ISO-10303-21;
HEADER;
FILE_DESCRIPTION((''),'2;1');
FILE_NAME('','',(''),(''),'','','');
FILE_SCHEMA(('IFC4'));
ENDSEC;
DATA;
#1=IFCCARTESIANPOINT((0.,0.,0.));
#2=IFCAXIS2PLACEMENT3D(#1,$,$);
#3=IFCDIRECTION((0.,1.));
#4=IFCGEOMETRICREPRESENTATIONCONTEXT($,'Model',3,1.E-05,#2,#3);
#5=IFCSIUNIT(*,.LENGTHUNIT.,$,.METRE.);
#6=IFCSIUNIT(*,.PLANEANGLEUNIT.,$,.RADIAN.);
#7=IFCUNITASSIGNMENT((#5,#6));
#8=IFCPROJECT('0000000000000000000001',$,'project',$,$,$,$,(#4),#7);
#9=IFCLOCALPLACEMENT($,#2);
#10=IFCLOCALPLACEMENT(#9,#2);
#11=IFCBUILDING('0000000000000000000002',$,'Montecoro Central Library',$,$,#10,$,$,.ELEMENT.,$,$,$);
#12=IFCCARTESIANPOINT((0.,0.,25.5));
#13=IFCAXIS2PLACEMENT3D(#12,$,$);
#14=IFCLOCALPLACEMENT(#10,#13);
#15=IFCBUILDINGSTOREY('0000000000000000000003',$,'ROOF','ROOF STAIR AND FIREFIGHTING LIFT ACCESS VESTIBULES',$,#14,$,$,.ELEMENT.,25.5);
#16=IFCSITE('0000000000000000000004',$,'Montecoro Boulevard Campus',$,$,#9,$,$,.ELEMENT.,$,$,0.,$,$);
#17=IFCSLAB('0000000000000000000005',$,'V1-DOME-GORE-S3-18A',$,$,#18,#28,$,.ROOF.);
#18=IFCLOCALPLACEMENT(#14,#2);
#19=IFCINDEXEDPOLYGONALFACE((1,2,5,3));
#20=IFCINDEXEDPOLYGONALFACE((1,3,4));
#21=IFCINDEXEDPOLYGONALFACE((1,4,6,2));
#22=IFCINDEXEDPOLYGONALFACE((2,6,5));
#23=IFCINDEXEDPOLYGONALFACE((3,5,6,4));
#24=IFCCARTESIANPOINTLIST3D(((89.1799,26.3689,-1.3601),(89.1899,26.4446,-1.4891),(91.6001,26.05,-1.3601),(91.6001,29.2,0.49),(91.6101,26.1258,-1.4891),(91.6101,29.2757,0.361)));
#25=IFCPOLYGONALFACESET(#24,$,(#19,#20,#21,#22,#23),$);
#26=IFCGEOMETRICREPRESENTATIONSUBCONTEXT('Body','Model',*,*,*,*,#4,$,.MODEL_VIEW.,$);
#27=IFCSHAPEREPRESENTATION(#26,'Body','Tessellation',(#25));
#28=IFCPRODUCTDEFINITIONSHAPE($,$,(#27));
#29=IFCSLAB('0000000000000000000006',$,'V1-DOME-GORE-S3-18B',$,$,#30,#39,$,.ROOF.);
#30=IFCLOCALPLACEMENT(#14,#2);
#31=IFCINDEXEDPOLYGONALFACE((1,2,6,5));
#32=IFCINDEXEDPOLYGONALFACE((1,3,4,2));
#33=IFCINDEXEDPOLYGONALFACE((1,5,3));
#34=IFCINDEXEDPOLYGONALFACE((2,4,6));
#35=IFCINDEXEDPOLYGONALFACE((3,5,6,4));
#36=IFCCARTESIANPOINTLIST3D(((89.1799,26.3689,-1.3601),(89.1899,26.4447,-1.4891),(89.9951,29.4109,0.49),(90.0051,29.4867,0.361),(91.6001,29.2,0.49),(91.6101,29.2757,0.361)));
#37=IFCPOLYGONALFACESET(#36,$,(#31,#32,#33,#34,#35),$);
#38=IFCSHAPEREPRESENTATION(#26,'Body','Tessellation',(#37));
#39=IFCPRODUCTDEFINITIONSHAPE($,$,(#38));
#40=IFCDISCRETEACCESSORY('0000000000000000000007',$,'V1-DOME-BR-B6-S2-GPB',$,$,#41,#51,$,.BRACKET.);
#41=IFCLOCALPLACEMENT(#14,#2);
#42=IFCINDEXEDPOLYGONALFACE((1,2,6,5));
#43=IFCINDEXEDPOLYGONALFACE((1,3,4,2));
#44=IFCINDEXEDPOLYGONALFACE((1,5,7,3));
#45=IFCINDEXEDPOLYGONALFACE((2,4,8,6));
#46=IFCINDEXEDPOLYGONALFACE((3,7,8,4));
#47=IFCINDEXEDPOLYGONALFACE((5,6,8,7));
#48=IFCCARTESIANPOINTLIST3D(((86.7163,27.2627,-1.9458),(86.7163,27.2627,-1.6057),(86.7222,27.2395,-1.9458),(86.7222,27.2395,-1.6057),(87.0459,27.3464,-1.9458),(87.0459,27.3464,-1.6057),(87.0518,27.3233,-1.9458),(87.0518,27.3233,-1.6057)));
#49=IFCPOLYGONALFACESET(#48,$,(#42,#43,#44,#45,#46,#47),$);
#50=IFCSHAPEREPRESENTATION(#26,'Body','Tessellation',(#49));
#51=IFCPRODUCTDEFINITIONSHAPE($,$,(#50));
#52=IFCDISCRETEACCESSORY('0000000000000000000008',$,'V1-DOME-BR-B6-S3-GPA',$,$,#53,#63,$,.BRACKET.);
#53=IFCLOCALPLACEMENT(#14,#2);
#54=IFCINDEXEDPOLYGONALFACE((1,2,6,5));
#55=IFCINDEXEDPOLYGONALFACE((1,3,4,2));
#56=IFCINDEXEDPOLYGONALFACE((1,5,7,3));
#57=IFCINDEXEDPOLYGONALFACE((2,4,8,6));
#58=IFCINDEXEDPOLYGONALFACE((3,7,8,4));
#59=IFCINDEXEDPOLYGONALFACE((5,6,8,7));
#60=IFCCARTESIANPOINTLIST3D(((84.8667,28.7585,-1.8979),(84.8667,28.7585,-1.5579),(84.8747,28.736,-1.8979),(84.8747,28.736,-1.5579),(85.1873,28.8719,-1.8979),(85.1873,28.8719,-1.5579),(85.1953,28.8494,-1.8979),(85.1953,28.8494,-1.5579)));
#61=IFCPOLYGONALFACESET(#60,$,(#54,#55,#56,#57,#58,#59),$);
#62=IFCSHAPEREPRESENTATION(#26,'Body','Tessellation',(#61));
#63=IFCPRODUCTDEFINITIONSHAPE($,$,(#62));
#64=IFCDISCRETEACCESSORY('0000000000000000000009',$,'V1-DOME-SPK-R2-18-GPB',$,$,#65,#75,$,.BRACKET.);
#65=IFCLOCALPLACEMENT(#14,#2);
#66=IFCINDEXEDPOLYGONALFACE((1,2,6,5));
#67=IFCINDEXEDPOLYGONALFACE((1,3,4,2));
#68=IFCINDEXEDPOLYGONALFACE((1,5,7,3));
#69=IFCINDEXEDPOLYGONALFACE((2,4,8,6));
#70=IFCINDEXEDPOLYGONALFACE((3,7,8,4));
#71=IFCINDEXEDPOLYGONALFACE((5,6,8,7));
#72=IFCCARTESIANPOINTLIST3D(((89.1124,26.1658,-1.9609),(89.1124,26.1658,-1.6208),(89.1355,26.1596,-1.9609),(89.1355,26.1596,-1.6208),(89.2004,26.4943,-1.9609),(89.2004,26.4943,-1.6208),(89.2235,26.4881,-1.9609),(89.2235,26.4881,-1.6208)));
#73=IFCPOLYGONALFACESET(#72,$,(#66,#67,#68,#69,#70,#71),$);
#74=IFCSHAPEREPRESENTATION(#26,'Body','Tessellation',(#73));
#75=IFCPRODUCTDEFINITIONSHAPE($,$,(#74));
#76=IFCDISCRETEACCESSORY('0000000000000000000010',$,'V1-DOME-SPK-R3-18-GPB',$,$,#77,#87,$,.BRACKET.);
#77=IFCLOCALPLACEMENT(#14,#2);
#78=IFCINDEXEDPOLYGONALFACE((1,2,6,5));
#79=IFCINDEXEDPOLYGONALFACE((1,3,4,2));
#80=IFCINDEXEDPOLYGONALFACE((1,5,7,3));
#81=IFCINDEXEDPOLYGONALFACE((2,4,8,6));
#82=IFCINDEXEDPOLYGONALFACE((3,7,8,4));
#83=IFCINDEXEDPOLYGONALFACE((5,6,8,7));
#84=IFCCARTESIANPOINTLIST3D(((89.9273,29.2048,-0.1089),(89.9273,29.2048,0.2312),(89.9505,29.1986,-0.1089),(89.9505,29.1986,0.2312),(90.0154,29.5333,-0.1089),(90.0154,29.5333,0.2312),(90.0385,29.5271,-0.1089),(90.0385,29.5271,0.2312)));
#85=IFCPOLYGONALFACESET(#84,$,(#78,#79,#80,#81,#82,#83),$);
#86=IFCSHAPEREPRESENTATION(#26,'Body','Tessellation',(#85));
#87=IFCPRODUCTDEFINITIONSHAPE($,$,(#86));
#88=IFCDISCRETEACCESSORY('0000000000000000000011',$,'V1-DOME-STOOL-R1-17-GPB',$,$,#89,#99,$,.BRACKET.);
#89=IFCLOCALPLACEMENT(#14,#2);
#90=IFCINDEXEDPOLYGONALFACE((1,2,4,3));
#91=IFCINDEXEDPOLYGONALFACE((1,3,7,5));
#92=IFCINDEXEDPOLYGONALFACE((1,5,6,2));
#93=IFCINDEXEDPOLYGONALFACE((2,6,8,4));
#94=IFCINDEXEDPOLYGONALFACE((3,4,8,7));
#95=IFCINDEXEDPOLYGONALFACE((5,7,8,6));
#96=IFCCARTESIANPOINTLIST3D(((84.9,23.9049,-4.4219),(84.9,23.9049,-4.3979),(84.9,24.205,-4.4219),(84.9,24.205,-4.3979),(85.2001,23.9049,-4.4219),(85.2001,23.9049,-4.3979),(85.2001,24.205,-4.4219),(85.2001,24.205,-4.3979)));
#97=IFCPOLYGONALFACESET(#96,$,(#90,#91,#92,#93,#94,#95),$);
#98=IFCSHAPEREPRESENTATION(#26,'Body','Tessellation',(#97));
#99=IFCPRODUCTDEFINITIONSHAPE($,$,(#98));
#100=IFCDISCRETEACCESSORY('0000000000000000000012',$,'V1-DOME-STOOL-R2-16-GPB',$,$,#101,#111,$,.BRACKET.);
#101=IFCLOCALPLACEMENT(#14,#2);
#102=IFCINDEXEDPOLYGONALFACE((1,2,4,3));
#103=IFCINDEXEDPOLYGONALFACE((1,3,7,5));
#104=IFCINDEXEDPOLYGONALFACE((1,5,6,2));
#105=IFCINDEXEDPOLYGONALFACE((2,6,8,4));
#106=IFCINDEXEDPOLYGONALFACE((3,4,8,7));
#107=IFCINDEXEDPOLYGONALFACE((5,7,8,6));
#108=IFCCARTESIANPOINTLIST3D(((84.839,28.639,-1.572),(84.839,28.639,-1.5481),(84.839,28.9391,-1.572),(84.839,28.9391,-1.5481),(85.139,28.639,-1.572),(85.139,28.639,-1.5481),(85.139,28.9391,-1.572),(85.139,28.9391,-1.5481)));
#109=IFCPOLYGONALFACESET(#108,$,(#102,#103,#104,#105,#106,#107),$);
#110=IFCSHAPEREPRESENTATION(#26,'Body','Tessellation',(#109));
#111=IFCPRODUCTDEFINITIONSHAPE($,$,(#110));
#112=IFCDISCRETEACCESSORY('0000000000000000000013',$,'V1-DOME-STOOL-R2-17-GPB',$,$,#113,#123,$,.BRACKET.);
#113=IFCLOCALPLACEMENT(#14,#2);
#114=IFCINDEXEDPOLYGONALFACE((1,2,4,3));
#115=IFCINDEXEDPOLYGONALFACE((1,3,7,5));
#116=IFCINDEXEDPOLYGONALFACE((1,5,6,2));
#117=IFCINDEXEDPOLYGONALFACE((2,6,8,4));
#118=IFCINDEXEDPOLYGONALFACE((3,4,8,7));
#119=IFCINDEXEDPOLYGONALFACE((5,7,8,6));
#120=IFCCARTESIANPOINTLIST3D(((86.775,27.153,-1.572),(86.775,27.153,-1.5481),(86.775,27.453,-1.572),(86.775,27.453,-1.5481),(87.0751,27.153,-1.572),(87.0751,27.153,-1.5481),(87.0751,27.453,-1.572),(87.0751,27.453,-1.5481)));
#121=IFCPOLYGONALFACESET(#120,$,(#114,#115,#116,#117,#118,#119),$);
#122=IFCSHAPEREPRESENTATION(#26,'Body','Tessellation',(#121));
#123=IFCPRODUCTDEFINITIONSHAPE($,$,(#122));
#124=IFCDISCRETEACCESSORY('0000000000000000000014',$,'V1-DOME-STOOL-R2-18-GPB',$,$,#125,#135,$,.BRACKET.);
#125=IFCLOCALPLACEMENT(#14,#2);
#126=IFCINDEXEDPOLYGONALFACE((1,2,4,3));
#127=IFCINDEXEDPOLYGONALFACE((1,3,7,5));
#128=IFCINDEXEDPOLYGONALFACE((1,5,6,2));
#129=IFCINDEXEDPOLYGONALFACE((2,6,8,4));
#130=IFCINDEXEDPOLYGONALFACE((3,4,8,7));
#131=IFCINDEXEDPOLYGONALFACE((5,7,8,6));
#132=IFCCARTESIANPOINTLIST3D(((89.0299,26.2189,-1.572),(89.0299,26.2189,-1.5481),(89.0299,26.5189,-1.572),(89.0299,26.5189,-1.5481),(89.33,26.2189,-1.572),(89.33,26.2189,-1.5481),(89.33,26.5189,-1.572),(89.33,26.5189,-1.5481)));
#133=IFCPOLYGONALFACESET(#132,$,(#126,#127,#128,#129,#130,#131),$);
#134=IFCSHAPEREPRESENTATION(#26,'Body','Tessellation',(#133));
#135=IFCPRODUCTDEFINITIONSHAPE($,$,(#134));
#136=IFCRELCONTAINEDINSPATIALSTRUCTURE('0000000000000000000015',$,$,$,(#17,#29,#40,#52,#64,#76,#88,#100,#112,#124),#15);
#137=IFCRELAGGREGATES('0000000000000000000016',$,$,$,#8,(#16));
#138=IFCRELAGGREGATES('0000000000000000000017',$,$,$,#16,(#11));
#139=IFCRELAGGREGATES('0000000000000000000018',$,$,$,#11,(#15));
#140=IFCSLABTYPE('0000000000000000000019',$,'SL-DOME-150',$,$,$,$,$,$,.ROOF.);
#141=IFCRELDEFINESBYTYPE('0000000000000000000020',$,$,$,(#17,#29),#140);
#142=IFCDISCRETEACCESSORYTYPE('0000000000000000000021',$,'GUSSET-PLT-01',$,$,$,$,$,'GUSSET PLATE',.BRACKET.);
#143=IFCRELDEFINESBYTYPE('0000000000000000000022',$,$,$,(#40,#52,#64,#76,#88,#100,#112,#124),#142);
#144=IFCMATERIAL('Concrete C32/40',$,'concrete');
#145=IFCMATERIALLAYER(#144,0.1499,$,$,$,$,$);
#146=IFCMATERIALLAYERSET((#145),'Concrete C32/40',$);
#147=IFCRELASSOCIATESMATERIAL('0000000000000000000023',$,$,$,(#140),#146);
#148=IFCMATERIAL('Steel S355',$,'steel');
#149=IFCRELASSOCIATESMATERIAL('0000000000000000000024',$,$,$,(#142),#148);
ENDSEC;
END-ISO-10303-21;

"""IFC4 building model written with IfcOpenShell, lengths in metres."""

from ifc_helpers import new_model, si_unit, direction, frame, origin, origin_2d, place, context, subcontext, project, spatial, polyline, rectangle, outline, extrude, material, layer, layer_set, type_object, element, save


model = new_model("IFC4")

# Units and contexts
model_context = context("Model", 3, precision=1e-05, world=origin(), true_north=direction((0.0, 1.0)))
body_context = subcontext(model_context, "Body", "Model", "MODEL_VIEW")
ifc_project = project(units=[si_unit("LENGTHUNIT", "METRE"), si_unit("PLANEANGLEUNIT", "RADIAN")], contexts=[model_context])

# Site, building, storey
site_placement = place(None, origin())
site = spatial("IfcSite", under=ifc_project, at=site_placement, Name="Montecoro Boulevard Campus", CompositionType="ELEMENT", RefElevation=0.0)
building_placement = place(site_placement, origin())
building = spatial("IfcBuilding", under=site, at=building_placement, Name="Montecoro Central Library", CompositionType="ELEMENT")
storey_placement = place(building_placement, frame((0.0, 0.0, 25.5)))
storey = spatial("IfcBuildingStorey", under=building, at=storey_placement, Name="ROOF", Description="ROOF STAIR AND FIREFIGHTING LIFT ACCESS VESTIBULES", CompositionType="ELEMENT", Elevation=25.5)

# Shared definitions
ifc_material_1 = material(Name="Steel S355", Category="steel")

# Slabs
ifc_material_2 = material(Name="Concrete C32/40", Category="concrete")
ifc_layer = layer(ifc_material_2, 0.1499)
ifc_layer_set = layer_set([ifc_layer], Name="Concrete C32/40")
slab_type = type_object("IfcSlabType", Name="SL-DOME-150", PredefinedType="ROOF", material=ifc_layer_set)
slab_1_placement = place(storey_placement, frame((89.1799, 26.3689, -1.3601), z_axis=(-0.066575, -0.50533, 0.860354), x_axis=(0.991433, -0.130618, 0.0)))
element("IfcSlab", 1, at=slab_1_placement, inside=storey, type_object=slab_type, Name="V1-DOME-GORE-S3-18A", PredefinedType="ROOF", context=body_context, shape_type="SweptSolid", body=[
    extrude(outline(polyline([(0.0, 0.0), (2.4411, 0.0), (2.0296, 3.6298), (0.0, 0.0)])), origin(), (0.0, 0.0, -1.0), 0.1499),
])
slab_2_placement = place(storey_placement, frame((89.1799, 26.3689, -1.3601), z_axis=(-0.066427, -0.505427, 0.860309), x_axis=(0.58195, 0.680752, 0.444872)))
element("IfcSlab", 2, at=slab_2_placement, inside=storey, type_object=slab_type, Name="V1-DOME-GORE-S3-18B", PredefinedType="ROOF", context=body_context, shape_type="SweptSolid", body=[
    extrude(outline(polyline([(0.0, 0.0), (4.1587, 0.0), (3.3683, 1.4127), (0.0, 0.0)])), origin(), (0.0, 0.0, -1.0), 0.1499),
])

# Discrete accessories
discrete_accessory_type = type_object("IfcDiscreteAccessoryType", Name="GUSSET-PLT-01", ElementType="GUSSET PLATE", PredefinedType="BRACKET", material=ifc_material_1)
for number, where, z_axis, x_axis, name in (
    (3, (86.884, 27.293, -1.9458), (0.0, 0.0, 1.0), (0.969188, 0.246322, 0.0), "V1-DOME-BR-B6-S2-GPB"),
    (4, (85.031, 28.804, -1.8979), (0.0, 0.0, 1.0), (0.942758, 0.333478, 0.0), "V1-DOME-BR-B6-S3-GPA"),
    (5, (89.168, 26.3269, -1.9609), (0.0, 0.0, 1.0), (0.258819, 0.965926, 0.0), "V1-DOME-SPK-R2-18-GPB"),
    (6, (89.9829, 29.366, -0.1089), (0.0, 0.0, 1.0), (0.258819, 0.965926, 0.0), "V1-DOME-SPK-R3-18-GPB"),
):
    element("IfcDiscreteAccessory", number, at=place(storey_placement, frame(where, z_axis=z_axis, x_axis=x_axis)), inside=storey, type_object=discrete_accessory_type, Name=name, PredefinedType="BRACKET", context=body_context, shape_type="SweptSolid", body=[
        extrude(rectangle(XDim=0.3401, YDim=0.0239, at=origin_2d()), origin(), (0.0, 0.0, 1.0), 0.3401),
    ])
for number, where, z_axis, x_axis, name in (
    (7, (85.05, 24.0549, -4.4219), (0.0, 0.0, 1.0), (1.0, 0.0, 0.0), "V1-DOME-STOOL-R1-17-GPB"),
    (8, (84.989, 28.7891, -1.572), (0.0, 0.0, 1.0), (1.0, 0.0, 0.0), "V1-DOME-STOOL-R2-16-GPB"),
    (9, (86.925, 27.303, -1.572), (0.0, 0.0, 1.0), (1.0, 0.0, 0.0), "V1-DOME-STOOL-R2-17-GPB"),
    (10, (89.1799, 26.3689, -1.572), (0.0, 0.0, 1.0), (1.0, 0.0, 0.0), "V1-DOME-STOOL-R2-18-GPB"),
):
    element("IfcDiscreteAccessory", number, at=place(storey_placement, frame(where, z_axis=z_axis, x_axis=x_axis)), inside=storey, type_object=discrete_accessory_type, Name=name, PredefinedType="BRACKET", context=body_context, shape_type="SweptSolid", body=[
        extrude(rectangle(XDim=0.3, YDim=0.3, at=origin_2d()), origin(), (0.0, 0.0, 1.0), 0.0239),
    ])

save(model, "model.ifc")
